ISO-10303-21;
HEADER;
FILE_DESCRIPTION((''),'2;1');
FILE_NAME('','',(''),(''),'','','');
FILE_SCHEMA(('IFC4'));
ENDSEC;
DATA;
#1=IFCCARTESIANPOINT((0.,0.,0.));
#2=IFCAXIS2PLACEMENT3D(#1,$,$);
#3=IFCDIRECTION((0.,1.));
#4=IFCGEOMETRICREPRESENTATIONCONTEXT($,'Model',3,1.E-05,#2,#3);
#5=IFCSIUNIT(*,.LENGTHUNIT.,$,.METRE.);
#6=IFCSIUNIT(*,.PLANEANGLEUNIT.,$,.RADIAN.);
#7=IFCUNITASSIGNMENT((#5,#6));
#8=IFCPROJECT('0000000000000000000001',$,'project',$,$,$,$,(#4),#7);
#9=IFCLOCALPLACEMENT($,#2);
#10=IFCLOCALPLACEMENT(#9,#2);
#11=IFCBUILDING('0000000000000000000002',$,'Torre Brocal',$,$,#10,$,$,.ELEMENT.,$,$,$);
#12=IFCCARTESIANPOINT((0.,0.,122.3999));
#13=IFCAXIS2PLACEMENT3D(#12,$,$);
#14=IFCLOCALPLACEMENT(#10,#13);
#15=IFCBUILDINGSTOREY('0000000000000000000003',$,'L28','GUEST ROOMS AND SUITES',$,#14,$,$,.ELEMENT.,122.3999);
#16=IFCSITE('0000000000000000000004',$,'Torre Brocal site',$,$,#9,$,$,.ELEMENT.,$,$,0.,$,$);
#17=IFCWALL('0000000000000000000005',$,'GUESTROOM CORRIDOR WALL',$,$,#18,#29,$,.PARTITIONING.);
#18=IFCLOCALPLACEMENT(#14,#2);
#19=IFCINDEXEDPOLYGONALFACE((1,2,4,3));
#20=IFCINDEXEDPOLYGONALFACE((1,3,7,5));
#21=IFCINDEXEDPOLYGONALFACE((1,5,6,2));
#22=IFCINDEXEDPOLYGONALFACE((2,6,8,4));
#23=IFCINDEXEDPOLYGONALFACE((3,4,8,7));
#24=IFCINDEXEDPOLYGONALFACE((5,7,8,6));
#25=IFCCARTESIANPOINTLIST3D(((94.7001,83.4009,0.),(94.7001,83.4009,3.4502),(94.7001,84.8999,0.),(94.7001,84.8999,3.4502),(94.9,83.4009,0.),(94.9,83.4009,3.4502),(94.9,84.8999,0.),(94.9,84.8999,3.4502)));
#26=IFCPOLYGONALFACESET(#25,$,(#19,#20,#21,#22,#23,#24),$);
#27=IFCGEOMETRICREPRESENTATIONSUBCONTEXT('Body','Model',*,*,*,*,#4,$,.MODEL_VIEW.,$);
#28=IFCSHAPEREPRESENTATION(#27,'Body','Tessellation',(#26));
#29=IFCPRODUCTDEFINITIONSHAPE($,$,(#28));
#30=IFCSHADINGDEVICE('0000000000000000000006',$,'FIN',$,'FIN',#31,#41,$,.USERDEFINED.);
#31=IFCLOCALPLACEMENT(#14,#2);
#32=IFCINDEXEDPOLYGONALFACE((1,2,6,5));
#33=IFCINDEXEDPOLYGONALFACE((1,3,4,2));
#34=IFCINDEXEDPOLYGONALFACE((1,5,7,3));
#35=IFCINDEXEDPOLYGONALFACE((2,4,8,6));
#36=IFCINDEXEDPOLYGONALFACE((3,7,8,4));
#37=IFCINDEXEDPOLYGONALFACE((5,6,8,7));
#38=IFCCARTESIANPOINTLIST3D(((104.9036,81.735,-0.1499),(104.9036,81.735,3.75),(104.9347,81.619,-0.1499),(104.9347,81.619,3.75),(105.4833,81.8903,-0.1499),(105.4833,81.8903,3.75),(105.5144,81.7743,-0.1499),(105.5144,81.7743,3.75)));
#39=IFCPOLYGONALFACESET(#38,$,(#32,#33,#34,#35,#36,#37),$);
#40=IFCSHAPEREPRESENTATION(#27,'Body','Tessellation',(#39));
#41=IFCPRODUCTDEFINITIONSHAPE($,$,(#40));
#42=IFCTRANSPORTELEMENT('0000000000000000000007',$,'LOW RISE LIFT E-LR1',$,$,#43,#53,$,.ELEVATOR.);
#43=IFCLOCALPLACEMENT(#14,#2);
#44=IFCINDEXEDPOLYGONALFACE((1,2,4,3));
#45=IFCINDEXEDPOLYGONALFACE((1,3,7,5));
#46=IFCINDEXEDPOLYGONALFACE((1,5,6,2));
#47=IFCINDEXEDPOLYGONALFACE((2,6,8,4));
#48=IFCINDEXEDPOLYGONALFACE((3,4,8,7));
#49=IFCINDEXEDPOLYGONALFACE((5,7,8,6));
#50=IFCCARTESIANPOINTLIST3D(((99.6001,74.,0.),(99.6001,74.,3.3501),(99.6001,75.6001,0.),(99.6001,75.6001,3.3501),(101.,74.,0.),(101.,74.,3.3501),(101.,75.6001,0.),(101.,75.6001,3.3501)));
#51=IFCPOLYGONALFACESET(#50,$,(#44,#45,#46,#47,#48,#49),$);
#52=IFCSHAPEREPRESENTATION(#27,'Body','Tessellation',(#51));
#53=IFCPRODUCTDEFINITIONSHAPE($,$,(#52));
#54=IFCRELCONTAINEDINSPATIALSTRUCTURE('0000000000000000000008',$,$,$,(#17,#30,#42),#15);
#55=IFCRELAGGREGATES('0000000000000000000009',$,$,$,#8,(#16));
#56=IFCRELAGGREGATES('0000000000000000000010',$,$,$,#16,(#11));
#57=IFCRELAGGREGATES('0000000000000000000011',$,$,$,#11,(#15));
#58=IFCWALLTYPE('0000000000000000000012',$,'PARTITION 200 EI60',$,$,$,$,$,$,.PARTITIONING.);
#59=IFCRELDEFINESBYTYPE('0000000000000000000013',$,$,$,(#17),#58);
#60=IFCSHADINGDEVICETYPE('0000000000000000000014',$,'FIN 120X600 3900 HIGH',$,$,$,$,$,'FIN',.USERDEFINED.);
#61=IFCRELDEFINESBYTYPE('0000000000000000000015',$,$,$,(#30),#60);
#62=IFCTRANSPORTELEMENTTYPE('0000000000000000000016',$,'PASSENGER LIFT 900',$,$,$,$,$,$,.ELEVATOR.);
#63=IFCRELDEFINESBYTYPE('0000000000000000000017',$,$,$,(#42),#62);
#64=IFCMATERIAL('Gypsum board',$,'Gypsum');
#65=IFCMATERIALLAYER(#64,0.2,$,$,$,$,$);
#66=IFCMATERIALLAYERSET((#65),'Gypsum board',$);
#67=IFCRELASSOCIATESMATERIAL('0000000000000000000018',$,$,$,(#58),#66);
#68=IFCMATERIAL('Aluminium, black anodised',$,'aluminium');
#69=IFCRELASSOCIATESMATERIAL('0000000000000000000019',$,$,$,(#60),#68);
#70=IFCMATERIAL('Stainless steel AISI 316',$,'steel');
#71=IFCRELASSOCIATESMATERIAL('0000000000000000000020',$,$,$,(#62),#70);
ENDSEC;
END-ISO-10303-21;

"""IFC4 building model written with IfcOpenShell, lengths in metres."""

from ifc_helpers import new_model, si_unit, direction, frame, frame_2d, origin, origin_2d, place, context, subcontext, project, spatial, rectangle, extrude, material, layer, layer_set, material_profile, profile_set, type_object, element, save


model = new_model("IFC4")

# Units and contexts
model_context = context("Model", 3, precision=1e-05, world=origin(), true_north=direction((0.0, 1.0)))
body_context = subcontext(model_context, "Body", "Model", "MODEL_VIEW")
ifc_project = project(units=[si_unit("LENGTHUNIT", "METRE"), si_unit("PLANEANGLEUNIT", "RADIAN")], contexts=[model_context])

# Site, building, storey
site_placement = place(None, origin())
site = spatial("IfcSite", under=ifc_project, at=site_placement, Name="Torre Brocal site", CompositionType="ELEMENT", RefElevation=0.0)
building_placement = place(site_placement, origin())
building = spatial("IfcBuilding", under=site, at=building_placement, Name="Torre Brocal", CompositionType="ELEMENT")
storey_placement = place(building_placement, frame((0.0, 0.0, 122.3999)))
storey = spatial("IfcBuildingStorey", under=building, at=storey_placement, Name="L28", Description="GUEST ROOMS AND SUITES", CompositionType="ELEMENT", Elevation=122.3999)

# Wall
ifc_material_1 = material(Name="Gypsum board", Category="Gypsum")
ifc_layer_1 = layer(ifc_material_1, 0.2)
ifc_layer_set_1 = layer_set([ifc_layer_1], Name="Gypsum board")
wall_type_1 = type_object("IfcWallType", Name="PARTITION 200 EI60", PredefinedType="PARTITIONING", material=ifc_layer_set_1)
wall_1_placement = place(storey_placement, frame((94.8, 83.4009, 0.0), z_axis=(0.0, 0.0, 1.0), x_axis=(0.0, 1.0, 0.0)))
element("IfcWall", 1, at=wall_1_placement, inside=storey, type_object=wall_type_1, Name="GUESTROOM CORRIDOR WALL", PredefinedType="PARTITIONING", context=body_context, shape_type="SweptSolid", body=[
    extrude(rectangle(XDim=1.499, YDim=0.2, at=frame_2d((0.7495, 0.0))), origin(), (0.0, 0.0, 1.0), 3.4502),
])

# Shading device
ifc_material_2 = material(Name="Aluminium, black anodised", Category="aluminium")
ifc_material_profile_1 = material_profile(ifc_material_2, rectangle(XDim=0.1201, YDim=0.6001, at=origin_2d()), Name="FIN 120X600 3900 HIGH")
ifc_profile_set_1 = profile_set([ifc_material_profile_1], Name="Aluminium, black anodised")
shading_device_type = type_object("IfcShadingDeviceType", Name="FIN 120X600 3900 HIGH", ElementType="FIN", PredefinedType="USERDEFINED", material=ifc_profile_set_1)
shading_device_placement = place(storey_placement, frame((105.209, 81.7546, -0.1499), z_axis=(0.0, 0.0, 1.0), x_axis=(-0.258819, 0.965926, 0.0)))
element("IfcShadingDevice", 2, at=shading_device_placement, inside=storey, type_object=shading_device_type, Name="FIN", ObjectType="FIN", PredefinedType="USERDEFINED", context=body_context, shape_type="SweptSolid", body=[
    extrude(rectangle(XDim=0.1201, YDim=0.6001, at=origin_2d()), origin(), (0.0, 0.0, 1.0), 3.8999),
])

# Transport element
ifc_material_3 = material(Name="Stainless steel AISI 316", Category="steel")
transport_element_type = type_object("IfcTransportElementType", Name="PASSENGER LIFT 900", PredefinedType="ELEVATOR", material=ifc_material_3)
transport_element_placement = place(storey_placement, frame((100.3, 74.8, 0.0), z_axis=(0.0, 0.0, 1.0), x_axis=(1.0, 0.0, 0.0)))
element("IfcTransportElement", 3, at=transport_element_placement, inside=storey, type_object=transport_element_type, Name="LOW RISE LIFT E-LR1", PredefinedType="ELEVATOR", context=body_context, shape_type="SweptSolid", body=[
    extrude(rectangle(XDim=1.3999, YDim=1.6001, at=origin_2d()), origin(), (0.0, 0.0, 1.0), 3.3501),
])

save(model, "model.ifc")
